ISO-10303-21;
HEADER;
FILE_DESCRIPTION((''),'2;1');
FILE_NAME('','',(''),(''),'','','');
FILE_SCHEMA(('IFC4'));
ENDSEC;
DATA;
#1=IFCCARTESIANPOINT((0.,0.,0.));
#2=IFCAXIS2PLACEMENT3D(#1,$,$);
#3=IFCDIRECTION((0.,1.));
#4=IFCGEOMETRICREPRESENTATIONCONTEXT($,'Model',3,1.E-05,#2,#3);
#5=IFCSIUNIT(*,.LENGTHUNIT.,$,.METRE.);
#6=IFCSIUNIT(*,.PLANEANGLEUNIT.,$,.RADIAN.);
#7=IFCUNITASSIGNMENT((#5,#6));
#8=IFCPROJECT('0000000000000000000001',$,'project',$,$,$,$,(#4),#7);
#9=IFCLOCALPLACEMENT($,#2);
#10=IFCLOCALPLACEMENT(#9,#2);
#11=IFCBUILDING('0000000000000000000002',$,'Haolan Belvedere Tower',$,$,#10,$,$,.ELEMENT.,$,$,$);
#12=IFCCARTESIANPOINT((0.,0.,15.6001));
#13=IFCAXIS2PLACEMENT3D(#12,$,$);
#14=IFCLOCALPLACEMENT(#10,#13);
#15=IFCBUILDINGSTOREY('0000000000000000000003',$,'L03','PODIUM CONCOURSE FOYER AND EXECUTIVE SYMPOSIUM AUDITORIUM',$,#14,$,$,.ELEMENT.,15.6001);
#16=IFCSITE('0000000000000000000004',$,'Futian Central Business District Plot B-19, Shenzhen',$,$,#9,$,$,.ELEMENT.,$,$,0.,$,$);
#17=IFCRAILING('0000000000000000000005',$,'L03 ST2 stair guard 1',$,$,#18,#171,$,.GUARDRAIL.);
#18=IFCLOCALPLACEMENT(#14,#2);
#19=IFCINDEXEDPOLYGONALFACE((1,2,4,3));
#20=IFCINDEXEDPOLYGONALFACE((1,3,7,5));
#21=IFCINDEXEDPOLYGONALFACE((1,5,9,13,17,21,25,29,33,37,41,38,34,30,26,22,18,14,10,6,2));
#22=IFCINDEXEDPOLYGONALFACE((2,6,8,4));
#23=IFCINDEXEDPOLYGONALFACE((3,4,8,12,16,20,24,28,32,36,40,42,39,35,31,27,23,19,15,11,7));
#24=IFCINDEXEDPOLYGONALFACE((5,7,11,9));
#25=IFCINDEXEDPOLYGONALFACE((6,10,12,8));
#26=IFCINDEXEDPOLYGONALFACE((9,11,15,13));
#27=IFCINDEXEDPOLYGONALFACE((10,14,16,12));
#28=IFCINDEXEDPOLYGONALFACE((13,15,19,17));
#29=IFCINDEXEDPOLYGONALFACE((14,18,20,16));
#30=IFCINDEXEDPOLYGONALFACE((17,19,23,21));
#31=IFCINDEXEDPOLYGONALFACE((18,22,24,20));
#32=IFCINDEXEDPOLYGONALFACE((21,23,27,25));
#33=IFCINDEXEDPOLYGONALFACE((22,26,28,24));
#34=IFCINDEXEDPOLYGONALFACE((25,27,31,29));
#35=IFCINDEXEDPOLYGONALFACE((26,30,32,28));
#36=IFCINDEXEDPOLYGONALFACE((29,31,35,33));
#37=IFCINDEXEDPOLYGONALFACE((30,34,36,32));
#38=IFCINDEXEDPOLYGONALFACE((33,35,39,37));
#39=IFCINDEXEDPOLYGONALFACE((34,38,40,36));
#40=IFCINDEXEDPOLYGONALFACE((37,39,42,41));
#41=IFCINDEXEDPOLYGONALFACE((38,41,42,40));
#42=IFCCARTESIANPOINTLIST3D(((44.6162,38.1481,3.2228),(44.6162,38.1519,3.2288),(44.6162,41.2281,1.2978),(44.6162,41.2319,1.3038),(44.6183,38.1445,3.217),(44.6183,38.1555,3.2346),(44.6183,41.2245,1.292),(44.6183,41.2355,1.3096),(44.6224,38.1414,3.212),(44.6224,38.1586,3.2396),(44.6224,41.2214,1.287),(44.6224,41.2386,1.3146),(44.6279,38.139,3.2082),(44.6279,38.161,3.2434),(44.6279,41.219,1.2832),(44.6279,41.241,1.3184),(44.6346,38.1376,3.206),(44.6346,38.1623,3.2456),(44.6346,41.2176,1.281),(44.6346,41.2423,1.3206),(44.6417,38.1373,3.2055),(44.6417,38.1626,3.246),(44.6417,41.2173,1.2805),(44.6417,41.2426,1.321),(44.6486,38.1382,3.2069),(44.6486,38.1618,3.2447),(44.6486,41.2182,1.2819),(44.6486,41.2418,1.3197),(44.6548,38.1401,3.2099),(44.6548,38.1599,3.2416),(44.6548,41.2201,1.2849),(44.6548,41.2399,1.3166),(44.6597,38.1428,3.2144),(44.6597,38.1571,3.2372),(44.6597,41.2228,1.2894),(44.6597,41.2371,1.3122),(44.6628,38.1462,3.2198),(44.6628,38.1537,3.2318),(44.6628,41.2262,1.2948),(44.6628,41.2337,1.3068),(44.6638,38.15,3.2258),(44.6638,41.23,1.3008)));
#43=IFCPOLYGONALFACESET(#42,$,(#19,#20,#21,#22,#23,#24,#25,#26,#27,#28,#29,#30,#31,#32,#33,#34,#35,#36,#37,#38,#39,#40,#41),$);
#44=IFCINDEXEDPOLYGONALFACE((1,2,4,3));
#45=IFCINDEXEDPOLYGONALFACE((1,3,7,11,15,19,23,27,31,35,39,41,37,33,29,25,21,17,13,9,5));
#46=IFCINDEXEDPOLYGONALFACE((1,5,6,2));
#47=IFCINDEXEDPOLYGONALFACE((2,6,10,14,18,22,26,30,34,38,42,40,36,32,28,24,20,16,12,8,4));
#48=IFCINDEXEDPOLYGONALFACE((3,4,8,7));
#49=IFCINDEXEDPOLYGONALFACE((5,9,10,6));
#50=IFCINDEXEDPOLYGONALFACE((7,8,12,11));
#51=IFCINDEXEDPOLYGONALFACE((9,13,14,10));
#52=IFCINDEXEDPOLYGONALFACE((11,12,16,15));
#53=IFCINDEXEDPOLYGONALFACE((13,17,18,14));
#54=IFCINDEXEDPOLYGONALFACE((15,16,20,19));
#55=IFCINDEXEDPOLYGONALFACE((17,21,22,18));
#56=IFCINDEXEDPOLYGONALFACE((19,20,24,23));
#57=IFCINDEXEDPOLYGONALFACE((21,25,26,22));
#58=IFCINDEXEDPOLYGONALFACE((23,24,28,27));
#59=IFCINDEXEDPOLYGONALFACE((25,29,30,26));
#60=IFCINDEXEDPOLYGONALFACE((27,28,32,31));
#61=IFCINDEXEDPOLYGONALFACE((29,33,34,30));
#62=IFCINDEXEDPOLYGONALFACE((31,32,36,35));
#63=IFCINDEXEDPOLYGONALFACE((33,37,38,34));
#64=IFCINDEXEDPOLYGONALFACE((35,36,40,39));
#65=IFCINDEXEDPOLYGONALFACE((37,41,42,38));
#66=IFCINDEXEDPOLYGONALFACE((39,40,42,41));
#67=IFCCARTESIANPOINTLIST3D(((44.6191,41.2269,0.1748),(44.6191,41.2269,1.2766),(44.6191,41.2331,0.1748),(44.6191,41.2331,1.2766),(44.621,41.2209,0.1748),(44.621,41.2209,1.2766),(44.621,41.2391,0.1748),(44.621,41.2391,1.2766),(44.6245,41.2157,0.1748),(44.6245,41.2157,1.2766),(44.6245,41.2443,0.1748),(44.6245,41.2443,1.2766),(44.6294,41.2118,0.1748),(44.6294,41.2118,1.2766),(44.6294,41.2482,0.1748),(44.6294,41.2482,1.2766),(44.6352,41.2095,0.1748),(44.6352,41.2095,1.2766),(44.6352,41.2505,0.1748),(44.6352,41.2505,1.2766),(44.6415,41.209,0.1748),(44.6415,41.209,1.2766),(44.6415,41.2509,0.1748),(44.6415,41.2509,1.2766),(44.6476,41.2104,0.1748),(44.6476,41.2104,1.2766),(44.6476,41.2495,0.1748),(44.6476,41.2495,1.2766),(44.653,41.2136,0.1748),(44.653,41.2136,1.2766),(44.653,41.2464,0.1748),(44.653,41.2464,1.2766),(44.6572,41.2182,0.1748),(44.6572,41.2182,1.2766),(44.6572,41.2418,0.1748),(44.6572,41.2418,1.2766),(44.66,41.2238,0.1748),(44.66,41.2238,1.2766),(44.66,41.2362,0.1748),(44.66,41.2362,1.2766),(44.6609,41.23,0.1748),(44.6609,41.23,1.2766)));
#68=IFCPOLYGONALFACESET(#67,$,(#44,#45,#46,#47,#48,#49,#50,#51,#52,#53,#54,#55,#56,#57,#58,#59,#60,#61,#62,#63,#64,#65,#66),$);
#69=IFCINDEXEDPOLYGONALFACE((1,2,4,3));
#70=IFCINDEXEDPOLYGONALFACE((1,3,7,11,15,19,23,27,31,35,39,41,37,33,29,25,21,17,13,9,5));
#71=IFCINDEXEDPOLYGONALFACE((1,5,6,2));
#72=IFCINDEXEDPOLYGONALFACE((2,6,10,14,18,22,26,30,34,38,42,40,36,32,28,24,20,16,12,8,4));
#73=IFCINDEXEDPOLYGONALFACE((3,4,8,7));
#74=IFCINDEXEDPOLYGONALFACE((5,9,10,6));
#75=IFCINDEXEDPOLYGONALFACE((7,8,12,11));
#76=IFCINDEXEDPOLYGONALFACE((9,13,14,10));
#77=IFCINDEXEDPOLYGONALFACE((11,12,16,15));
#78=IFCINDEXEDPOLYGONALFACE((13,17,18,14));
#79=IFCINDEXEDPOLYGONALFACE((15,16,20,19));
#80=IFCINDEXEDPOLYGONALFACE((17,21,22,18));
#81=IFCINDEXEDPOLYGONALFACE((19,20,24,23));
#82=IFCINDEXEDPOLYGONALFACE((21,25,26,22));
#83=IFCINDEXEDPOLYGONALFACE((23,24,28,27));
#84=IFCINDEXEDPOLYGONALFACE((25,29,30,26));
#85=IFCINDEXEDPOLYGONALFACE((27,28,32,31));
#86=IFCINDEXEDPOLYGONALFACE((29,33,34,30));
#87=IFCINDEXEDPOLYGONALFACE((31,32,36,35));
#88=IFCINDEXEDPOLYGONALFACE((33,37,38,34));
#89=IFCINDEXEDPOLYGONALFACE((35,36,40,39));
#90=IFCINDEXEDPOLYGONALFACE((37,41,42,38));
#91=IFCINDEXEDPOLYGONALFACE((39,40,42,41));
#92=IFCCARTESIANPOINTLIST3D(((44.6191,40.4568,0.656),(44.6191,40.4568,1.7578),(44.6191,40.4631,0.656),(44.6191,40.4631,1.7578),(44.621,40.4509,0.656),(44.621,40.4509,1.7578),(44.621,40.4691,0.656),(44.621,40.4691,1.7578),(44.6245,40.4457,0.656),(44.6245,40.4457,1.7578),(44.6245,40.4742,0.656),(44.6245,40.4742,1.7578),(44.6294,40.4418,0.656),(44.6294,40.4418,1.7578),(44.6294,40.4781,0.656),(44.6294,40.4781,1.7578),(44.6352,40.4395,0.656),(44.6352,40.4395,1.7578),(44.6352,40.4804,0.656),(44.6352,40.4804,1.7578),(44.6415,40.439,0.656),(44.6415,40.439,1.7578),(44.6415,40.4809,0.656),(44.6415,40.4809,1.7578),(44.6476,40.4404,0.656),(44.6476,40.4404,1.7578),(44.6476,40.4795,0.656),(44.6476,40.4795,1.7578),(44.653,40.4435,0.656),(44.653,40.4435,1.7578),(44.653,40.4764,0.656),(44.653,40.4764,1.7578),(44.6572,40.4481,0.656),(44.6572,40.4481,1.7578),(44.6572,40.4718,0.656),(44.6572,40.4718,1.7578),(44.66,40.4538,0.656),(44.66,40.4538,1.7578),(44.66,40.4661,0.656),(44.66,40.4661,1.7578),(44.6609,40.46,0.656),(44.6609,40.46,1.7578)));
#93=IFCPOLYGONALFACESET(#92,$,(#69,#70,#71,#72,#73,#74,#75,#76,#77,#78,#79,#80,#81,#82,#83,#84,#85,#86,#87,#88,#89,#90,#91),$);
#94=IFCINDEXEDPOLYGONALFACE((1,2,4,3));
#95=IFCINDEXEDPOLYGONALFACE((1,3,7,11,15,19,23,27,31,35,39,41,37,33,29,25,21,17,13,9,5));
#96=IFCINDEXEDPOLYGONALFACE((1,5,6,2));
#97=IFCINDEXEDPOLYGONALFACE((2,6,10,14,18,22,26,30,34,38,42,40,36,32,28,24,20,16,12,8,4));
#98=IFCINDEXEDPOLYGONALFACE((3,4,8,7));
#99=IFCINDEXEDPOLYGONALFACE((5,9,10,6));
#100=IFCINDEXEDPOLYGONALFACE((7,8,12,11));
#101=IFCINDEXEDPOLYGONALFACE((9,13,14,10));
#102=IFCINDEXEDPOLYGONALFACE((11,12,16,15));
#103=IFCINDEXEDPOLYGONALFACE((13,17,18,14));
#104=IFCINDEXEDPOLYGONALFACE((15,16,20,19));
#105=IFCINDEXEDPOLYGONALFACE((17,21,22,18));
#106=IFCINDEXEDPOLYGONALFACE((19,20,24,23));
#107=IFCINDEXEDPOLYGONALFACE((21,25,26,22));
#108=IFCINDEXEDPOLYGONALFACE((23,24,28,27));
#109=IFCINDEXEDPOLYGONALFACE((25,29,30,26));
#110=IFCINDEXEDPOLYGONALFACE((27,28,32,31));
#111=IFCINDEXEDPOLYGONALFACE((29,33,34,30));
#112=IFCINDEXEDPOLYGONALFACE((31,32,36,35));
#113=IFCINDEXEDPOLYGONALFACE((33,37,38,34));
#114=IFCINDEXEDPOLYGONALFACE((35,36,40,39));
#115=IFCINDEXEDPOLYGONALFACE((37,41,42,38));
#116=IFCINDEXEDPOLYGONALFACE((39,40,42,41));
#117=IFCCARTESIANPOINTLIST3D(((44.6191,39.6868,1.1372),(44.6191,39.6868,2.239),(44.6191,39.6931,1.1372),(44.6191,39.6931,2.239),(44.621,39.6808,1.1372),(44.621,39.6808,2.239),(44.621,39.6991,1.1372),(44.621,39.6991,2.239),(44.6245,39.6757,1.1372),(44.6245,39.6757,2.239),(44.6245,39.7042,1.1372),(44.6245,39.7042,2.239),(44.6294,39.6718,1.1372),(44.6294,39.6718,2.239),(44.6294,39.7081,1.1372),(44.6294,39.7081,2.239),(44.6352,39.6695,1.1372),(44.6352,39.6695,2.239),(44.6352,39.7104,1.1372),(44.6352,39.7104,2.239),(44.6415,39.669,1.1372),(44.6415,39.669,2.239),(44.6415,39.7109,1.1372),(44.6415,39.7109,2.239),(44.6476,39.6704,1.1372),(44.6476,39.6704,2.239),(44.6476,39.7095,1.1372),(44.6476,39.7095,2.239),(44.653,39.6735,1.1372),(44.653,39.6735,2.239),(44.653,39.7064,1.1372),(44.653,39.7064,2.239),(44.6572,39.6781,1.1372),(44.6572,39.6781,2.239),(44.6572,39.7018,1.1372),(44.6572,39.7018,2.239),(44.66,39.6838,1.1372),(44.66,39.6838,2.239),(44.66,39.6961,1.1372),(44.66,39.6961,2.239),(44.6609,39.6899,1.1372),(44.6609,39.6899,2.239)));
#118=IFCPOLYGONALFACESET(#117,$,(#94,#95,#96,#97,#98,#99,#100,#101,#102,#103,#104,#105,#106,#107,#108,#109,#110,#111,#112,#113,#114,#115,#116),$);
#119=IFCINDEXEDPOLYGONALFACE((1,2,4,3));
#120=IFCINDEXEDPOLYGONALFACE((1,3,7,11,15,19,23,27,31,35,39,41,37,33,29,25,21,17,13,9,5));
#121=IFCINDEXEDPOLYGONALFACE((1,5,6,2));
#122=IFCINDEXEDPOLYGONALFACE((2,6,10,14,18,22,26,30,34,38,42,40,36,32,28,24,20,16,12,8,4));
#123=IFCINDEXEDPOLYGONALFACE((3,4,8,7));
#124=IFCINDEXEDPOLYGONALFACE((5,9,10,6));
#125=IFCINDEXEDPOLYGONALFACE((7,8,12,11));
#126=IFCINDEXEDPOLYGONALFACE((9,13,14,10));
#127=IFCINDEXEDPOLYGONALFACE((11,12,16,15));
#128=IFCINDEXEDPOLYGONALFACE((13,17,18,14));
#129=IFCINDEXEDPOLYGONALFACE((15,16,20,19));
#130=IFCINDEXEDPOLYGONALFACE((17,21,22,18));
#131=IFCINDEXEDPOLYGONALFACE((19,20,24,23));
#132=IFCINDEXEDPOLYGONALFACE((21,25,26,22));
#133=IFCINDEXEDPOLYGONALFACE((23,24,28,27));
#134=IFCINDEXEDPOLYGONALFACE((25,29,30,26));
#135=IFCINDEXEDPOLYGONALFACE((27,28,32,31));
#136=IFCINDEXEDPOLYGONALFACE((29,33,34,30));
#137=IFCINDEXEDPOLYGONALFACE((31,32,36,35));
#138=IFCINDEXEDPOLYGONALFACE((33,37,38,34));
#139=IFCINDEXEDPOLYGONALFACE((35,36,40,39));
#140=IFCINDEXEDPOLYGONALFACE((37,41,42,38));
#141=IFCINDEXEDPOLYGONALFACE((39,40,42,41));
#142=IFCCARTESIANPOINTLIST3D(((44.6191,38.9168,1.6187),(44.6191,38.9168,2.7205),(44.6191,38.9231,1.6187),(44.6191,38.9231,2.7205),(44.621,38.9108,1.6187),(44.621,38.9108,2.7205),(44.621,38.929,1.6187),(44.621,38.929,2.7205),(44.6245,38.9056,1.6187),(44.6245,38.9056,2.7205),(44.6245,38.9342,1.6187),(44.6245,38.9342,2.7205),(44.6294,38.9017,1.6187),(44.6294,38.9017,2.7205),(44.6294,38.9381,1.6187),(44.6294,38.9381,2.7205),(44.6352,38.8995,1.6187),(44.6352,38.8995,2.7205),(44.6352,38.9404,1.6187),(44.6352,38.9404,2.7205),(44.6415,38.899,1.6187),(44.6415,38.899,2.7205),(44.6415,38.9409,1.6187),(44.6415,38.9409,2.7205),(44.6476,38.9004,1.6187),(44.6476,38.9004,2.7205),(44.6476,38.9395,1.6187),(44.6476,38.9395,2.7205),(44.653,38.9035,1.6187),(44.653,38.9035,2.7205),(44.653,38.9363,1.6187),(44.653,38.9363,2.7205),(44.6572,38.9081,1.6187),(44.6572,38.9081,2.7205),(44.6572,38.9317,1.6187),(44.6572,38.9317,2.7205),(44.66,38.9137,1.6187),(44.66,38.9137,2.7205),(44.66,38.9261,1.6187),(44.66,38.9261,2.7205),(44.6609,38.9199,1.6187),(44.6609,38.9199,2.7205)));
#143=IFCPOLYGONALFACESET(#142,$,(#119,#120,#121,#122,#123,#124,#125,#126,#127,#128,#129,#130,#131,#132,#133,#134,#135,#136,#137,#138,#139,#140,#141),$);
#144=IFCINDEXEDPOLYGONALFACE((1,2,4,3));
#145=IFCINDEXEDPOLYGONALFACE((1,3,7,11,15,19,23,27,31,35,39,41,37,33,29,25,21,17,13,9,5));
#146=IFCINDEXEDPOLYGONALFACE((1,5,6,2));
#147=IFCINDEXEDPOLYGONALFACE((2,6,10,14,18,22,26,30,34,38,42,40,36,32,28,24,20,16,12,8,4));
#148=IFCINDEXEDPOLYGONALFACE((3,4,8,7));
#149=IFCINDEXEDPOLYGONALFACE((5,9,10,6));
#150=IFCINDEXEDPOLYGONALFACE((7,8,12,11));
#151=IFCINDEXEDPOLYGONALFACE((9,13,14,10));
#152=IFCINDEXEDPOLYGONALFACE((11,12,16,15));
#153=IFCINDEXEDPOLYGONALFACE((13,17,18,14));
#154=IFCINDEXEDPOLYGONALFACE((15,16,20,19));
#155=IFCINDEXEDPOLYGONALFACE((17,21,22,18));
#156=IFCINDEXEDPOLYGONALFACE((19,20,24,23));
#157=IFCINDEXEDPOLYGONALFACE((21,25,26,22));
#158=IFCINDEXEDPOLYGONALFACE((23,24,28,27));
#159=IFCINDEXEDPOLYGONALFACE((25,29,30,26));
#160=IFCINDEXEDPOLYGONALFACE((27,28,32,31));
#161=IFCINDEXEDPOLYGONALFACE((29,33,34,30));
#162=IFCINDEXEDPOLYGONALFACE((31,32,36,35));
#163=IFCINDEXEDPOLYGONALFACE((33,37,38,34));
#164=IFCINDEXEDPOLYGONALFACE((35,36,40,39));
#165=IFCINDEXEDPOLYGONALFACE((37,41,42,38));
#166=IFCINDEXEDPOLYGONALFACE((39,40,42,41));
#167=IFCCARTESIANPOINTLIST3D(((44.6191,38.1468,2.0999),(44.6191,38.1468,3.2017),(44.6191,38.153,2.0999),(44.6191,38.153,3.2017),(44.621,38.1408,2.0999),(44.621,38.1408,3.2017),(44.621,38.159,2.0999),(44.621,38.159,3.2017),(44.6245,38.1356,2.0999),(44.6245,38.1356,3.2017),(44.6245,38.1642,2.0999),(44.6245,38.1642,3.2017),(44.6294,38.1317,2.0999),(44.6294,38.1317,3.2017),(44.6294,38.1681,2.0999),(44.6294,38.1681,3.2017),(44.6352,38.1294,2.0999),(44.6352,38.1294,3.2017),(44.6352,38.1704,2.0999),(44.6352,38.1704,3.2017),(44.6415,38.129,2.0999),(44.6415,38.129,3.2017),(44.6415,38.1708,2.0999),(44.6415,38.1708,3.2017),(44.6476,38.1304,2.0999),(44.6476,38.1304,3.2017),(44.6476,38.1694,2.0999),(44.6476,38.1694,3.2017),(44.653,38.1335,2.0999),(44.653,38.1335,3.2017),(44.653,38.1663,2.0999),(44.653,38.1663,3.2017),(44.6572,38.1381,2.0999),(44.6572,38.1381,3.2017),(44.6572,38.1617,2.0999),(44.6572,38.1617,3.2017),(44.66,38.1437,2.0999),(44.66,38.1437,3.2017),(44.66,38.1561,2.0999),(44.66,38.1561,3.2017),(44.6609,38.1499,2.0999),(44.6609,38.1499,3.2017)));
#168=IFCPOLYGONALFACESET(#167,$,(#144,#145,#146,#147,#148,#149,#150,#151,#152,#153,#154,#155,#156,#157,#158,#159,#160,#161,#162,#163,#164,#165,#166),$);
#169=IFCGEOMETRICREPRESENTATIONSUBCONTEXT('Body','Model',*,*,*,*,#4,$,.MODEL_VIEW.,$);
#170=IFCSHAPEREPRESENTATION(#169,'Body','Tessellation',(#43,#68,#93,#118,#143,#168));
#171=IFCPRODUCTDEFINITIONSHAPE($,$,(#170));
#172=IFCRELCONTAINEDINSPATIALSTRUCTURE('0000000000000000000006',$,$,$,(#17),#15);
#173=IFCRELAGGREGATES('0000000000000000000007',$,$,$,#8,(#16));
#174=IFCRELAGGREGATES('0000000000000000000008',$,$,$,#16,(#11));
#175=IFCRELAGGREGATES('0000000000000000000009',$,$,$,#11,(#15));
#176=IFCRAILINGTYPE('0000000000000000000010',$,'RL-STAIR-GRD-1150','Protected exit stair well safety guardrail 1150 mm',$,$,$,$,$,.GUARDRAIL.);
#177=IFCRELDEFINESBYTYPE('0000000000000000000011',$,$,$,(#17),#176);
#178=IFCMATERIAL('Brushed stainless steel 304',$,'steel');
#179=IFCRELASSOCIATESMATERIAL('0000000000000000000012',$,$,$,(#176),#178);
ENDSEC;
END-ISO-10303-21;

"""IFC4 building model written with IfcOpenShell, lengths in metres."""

from ifc_helpers import new_model, si_unit, direction, frame, origin, origin_2d, place, context, subcontext, project, spatial, circle, extrude, material, type_object, element, save


model = new_model("IFC4")

# Units and contexts
model_context = context("Model", 3, precision=1e-05, world=origin(), true_north=direction((0.0, 1.0)))
body_context = subcontext(model_context, "Body", "Model", "MODEL_VIEW")
ifc_project = project(units=[si_unit("LENGTHUNIT", "METRE"), si_unit("PLANEANGLEUNIT", "RADIAN")], contexts=[model_context])

# Site, building, storey
site_placement = place(None, origin())
site = spatial("IfcSite", under=ifc_project, at=site_placement, Name="Futian Central Business District Plot B-19, Shenzhen", CompositionType="ELEMENT", RefElevation=0.0)
building_placement = place(site_placement, origin())
building = spatial("IfcBuilding", under=site, at=building_placement, Name="Haolan Belvedere Tower", CompositionType="ELEMENT")
storey_placement = place(building_placement, frame((0.0, 0.0, 15.6001)))
storey = spatial("IfcBuildingStorey", under=building, at=storey_placement, Name="L03", Description="PODIUM CONCOURSE FOYER AND EXECUTIVE SYMPOSIUM AUDITORIUM", CompositionType="ELEMENT", Elevation=15.6001)

# Railing
ifc_material_1 = material(Name="Brushed stainless steel 304", Category="steel")
railing_type_1 = type_object("IfcRailingType", Name="RL-STAIR-GRD-1150", Description="Protected exit stair well safety guardrail 1150 mm", PredefinedType="GUARDRAIL", material=ifc_material_1)
railing_1_placement = place(storey_placement, frame((44.6399, 41.23, 0.1748)))
element("IfcRailing", 1, at=railing_1_placement, inside=storey, type_object=railing_type_1, Name="L03 ST2 stair guard 1", PredefinedType="GUARDRAIL", context=body_context, shape_type="SweptSolid", body=[
    extrude(circle(Radius=0.0239, at=origin_2d()), frame((0.0, 0.0, 1.126), z_axis=(0.0, -0.847998, 0.529999), x_axis=(1.0, 0.0, 0.0)), (0.0, 0.0, 1.0), 3.6321),
    extrude(circle(Radius=0.021, at=origin_2d()), origin(), (0.0, 0.0, 1.0), 1.1018),
    extrude(circle(Radius=0.021, at=origin_2d()), frame((0.0, -0.77, 0.4812)), (0.0, 0.0, 1.0), 1.1018),
    extrude(circle(Radius=0.021, at=origin_2d()), frame((0.0, -1.54, 0.9624)), (0.0, 0.0, 1.0), 1.1018),
    extrude(circle(Radius=0.021, at=origin_2d()), frame((0.0, -2.3101, 1.4438)), (0.0, 0.0, 1.0), 1.1018),
    extrude(circle(Radius=0.021, at=origin_2d()), frame((0.0, -3.0801, 1.925)), (0.0, 0.0, 1.0), 1.1018),
])

save(model, "model.ifc")
